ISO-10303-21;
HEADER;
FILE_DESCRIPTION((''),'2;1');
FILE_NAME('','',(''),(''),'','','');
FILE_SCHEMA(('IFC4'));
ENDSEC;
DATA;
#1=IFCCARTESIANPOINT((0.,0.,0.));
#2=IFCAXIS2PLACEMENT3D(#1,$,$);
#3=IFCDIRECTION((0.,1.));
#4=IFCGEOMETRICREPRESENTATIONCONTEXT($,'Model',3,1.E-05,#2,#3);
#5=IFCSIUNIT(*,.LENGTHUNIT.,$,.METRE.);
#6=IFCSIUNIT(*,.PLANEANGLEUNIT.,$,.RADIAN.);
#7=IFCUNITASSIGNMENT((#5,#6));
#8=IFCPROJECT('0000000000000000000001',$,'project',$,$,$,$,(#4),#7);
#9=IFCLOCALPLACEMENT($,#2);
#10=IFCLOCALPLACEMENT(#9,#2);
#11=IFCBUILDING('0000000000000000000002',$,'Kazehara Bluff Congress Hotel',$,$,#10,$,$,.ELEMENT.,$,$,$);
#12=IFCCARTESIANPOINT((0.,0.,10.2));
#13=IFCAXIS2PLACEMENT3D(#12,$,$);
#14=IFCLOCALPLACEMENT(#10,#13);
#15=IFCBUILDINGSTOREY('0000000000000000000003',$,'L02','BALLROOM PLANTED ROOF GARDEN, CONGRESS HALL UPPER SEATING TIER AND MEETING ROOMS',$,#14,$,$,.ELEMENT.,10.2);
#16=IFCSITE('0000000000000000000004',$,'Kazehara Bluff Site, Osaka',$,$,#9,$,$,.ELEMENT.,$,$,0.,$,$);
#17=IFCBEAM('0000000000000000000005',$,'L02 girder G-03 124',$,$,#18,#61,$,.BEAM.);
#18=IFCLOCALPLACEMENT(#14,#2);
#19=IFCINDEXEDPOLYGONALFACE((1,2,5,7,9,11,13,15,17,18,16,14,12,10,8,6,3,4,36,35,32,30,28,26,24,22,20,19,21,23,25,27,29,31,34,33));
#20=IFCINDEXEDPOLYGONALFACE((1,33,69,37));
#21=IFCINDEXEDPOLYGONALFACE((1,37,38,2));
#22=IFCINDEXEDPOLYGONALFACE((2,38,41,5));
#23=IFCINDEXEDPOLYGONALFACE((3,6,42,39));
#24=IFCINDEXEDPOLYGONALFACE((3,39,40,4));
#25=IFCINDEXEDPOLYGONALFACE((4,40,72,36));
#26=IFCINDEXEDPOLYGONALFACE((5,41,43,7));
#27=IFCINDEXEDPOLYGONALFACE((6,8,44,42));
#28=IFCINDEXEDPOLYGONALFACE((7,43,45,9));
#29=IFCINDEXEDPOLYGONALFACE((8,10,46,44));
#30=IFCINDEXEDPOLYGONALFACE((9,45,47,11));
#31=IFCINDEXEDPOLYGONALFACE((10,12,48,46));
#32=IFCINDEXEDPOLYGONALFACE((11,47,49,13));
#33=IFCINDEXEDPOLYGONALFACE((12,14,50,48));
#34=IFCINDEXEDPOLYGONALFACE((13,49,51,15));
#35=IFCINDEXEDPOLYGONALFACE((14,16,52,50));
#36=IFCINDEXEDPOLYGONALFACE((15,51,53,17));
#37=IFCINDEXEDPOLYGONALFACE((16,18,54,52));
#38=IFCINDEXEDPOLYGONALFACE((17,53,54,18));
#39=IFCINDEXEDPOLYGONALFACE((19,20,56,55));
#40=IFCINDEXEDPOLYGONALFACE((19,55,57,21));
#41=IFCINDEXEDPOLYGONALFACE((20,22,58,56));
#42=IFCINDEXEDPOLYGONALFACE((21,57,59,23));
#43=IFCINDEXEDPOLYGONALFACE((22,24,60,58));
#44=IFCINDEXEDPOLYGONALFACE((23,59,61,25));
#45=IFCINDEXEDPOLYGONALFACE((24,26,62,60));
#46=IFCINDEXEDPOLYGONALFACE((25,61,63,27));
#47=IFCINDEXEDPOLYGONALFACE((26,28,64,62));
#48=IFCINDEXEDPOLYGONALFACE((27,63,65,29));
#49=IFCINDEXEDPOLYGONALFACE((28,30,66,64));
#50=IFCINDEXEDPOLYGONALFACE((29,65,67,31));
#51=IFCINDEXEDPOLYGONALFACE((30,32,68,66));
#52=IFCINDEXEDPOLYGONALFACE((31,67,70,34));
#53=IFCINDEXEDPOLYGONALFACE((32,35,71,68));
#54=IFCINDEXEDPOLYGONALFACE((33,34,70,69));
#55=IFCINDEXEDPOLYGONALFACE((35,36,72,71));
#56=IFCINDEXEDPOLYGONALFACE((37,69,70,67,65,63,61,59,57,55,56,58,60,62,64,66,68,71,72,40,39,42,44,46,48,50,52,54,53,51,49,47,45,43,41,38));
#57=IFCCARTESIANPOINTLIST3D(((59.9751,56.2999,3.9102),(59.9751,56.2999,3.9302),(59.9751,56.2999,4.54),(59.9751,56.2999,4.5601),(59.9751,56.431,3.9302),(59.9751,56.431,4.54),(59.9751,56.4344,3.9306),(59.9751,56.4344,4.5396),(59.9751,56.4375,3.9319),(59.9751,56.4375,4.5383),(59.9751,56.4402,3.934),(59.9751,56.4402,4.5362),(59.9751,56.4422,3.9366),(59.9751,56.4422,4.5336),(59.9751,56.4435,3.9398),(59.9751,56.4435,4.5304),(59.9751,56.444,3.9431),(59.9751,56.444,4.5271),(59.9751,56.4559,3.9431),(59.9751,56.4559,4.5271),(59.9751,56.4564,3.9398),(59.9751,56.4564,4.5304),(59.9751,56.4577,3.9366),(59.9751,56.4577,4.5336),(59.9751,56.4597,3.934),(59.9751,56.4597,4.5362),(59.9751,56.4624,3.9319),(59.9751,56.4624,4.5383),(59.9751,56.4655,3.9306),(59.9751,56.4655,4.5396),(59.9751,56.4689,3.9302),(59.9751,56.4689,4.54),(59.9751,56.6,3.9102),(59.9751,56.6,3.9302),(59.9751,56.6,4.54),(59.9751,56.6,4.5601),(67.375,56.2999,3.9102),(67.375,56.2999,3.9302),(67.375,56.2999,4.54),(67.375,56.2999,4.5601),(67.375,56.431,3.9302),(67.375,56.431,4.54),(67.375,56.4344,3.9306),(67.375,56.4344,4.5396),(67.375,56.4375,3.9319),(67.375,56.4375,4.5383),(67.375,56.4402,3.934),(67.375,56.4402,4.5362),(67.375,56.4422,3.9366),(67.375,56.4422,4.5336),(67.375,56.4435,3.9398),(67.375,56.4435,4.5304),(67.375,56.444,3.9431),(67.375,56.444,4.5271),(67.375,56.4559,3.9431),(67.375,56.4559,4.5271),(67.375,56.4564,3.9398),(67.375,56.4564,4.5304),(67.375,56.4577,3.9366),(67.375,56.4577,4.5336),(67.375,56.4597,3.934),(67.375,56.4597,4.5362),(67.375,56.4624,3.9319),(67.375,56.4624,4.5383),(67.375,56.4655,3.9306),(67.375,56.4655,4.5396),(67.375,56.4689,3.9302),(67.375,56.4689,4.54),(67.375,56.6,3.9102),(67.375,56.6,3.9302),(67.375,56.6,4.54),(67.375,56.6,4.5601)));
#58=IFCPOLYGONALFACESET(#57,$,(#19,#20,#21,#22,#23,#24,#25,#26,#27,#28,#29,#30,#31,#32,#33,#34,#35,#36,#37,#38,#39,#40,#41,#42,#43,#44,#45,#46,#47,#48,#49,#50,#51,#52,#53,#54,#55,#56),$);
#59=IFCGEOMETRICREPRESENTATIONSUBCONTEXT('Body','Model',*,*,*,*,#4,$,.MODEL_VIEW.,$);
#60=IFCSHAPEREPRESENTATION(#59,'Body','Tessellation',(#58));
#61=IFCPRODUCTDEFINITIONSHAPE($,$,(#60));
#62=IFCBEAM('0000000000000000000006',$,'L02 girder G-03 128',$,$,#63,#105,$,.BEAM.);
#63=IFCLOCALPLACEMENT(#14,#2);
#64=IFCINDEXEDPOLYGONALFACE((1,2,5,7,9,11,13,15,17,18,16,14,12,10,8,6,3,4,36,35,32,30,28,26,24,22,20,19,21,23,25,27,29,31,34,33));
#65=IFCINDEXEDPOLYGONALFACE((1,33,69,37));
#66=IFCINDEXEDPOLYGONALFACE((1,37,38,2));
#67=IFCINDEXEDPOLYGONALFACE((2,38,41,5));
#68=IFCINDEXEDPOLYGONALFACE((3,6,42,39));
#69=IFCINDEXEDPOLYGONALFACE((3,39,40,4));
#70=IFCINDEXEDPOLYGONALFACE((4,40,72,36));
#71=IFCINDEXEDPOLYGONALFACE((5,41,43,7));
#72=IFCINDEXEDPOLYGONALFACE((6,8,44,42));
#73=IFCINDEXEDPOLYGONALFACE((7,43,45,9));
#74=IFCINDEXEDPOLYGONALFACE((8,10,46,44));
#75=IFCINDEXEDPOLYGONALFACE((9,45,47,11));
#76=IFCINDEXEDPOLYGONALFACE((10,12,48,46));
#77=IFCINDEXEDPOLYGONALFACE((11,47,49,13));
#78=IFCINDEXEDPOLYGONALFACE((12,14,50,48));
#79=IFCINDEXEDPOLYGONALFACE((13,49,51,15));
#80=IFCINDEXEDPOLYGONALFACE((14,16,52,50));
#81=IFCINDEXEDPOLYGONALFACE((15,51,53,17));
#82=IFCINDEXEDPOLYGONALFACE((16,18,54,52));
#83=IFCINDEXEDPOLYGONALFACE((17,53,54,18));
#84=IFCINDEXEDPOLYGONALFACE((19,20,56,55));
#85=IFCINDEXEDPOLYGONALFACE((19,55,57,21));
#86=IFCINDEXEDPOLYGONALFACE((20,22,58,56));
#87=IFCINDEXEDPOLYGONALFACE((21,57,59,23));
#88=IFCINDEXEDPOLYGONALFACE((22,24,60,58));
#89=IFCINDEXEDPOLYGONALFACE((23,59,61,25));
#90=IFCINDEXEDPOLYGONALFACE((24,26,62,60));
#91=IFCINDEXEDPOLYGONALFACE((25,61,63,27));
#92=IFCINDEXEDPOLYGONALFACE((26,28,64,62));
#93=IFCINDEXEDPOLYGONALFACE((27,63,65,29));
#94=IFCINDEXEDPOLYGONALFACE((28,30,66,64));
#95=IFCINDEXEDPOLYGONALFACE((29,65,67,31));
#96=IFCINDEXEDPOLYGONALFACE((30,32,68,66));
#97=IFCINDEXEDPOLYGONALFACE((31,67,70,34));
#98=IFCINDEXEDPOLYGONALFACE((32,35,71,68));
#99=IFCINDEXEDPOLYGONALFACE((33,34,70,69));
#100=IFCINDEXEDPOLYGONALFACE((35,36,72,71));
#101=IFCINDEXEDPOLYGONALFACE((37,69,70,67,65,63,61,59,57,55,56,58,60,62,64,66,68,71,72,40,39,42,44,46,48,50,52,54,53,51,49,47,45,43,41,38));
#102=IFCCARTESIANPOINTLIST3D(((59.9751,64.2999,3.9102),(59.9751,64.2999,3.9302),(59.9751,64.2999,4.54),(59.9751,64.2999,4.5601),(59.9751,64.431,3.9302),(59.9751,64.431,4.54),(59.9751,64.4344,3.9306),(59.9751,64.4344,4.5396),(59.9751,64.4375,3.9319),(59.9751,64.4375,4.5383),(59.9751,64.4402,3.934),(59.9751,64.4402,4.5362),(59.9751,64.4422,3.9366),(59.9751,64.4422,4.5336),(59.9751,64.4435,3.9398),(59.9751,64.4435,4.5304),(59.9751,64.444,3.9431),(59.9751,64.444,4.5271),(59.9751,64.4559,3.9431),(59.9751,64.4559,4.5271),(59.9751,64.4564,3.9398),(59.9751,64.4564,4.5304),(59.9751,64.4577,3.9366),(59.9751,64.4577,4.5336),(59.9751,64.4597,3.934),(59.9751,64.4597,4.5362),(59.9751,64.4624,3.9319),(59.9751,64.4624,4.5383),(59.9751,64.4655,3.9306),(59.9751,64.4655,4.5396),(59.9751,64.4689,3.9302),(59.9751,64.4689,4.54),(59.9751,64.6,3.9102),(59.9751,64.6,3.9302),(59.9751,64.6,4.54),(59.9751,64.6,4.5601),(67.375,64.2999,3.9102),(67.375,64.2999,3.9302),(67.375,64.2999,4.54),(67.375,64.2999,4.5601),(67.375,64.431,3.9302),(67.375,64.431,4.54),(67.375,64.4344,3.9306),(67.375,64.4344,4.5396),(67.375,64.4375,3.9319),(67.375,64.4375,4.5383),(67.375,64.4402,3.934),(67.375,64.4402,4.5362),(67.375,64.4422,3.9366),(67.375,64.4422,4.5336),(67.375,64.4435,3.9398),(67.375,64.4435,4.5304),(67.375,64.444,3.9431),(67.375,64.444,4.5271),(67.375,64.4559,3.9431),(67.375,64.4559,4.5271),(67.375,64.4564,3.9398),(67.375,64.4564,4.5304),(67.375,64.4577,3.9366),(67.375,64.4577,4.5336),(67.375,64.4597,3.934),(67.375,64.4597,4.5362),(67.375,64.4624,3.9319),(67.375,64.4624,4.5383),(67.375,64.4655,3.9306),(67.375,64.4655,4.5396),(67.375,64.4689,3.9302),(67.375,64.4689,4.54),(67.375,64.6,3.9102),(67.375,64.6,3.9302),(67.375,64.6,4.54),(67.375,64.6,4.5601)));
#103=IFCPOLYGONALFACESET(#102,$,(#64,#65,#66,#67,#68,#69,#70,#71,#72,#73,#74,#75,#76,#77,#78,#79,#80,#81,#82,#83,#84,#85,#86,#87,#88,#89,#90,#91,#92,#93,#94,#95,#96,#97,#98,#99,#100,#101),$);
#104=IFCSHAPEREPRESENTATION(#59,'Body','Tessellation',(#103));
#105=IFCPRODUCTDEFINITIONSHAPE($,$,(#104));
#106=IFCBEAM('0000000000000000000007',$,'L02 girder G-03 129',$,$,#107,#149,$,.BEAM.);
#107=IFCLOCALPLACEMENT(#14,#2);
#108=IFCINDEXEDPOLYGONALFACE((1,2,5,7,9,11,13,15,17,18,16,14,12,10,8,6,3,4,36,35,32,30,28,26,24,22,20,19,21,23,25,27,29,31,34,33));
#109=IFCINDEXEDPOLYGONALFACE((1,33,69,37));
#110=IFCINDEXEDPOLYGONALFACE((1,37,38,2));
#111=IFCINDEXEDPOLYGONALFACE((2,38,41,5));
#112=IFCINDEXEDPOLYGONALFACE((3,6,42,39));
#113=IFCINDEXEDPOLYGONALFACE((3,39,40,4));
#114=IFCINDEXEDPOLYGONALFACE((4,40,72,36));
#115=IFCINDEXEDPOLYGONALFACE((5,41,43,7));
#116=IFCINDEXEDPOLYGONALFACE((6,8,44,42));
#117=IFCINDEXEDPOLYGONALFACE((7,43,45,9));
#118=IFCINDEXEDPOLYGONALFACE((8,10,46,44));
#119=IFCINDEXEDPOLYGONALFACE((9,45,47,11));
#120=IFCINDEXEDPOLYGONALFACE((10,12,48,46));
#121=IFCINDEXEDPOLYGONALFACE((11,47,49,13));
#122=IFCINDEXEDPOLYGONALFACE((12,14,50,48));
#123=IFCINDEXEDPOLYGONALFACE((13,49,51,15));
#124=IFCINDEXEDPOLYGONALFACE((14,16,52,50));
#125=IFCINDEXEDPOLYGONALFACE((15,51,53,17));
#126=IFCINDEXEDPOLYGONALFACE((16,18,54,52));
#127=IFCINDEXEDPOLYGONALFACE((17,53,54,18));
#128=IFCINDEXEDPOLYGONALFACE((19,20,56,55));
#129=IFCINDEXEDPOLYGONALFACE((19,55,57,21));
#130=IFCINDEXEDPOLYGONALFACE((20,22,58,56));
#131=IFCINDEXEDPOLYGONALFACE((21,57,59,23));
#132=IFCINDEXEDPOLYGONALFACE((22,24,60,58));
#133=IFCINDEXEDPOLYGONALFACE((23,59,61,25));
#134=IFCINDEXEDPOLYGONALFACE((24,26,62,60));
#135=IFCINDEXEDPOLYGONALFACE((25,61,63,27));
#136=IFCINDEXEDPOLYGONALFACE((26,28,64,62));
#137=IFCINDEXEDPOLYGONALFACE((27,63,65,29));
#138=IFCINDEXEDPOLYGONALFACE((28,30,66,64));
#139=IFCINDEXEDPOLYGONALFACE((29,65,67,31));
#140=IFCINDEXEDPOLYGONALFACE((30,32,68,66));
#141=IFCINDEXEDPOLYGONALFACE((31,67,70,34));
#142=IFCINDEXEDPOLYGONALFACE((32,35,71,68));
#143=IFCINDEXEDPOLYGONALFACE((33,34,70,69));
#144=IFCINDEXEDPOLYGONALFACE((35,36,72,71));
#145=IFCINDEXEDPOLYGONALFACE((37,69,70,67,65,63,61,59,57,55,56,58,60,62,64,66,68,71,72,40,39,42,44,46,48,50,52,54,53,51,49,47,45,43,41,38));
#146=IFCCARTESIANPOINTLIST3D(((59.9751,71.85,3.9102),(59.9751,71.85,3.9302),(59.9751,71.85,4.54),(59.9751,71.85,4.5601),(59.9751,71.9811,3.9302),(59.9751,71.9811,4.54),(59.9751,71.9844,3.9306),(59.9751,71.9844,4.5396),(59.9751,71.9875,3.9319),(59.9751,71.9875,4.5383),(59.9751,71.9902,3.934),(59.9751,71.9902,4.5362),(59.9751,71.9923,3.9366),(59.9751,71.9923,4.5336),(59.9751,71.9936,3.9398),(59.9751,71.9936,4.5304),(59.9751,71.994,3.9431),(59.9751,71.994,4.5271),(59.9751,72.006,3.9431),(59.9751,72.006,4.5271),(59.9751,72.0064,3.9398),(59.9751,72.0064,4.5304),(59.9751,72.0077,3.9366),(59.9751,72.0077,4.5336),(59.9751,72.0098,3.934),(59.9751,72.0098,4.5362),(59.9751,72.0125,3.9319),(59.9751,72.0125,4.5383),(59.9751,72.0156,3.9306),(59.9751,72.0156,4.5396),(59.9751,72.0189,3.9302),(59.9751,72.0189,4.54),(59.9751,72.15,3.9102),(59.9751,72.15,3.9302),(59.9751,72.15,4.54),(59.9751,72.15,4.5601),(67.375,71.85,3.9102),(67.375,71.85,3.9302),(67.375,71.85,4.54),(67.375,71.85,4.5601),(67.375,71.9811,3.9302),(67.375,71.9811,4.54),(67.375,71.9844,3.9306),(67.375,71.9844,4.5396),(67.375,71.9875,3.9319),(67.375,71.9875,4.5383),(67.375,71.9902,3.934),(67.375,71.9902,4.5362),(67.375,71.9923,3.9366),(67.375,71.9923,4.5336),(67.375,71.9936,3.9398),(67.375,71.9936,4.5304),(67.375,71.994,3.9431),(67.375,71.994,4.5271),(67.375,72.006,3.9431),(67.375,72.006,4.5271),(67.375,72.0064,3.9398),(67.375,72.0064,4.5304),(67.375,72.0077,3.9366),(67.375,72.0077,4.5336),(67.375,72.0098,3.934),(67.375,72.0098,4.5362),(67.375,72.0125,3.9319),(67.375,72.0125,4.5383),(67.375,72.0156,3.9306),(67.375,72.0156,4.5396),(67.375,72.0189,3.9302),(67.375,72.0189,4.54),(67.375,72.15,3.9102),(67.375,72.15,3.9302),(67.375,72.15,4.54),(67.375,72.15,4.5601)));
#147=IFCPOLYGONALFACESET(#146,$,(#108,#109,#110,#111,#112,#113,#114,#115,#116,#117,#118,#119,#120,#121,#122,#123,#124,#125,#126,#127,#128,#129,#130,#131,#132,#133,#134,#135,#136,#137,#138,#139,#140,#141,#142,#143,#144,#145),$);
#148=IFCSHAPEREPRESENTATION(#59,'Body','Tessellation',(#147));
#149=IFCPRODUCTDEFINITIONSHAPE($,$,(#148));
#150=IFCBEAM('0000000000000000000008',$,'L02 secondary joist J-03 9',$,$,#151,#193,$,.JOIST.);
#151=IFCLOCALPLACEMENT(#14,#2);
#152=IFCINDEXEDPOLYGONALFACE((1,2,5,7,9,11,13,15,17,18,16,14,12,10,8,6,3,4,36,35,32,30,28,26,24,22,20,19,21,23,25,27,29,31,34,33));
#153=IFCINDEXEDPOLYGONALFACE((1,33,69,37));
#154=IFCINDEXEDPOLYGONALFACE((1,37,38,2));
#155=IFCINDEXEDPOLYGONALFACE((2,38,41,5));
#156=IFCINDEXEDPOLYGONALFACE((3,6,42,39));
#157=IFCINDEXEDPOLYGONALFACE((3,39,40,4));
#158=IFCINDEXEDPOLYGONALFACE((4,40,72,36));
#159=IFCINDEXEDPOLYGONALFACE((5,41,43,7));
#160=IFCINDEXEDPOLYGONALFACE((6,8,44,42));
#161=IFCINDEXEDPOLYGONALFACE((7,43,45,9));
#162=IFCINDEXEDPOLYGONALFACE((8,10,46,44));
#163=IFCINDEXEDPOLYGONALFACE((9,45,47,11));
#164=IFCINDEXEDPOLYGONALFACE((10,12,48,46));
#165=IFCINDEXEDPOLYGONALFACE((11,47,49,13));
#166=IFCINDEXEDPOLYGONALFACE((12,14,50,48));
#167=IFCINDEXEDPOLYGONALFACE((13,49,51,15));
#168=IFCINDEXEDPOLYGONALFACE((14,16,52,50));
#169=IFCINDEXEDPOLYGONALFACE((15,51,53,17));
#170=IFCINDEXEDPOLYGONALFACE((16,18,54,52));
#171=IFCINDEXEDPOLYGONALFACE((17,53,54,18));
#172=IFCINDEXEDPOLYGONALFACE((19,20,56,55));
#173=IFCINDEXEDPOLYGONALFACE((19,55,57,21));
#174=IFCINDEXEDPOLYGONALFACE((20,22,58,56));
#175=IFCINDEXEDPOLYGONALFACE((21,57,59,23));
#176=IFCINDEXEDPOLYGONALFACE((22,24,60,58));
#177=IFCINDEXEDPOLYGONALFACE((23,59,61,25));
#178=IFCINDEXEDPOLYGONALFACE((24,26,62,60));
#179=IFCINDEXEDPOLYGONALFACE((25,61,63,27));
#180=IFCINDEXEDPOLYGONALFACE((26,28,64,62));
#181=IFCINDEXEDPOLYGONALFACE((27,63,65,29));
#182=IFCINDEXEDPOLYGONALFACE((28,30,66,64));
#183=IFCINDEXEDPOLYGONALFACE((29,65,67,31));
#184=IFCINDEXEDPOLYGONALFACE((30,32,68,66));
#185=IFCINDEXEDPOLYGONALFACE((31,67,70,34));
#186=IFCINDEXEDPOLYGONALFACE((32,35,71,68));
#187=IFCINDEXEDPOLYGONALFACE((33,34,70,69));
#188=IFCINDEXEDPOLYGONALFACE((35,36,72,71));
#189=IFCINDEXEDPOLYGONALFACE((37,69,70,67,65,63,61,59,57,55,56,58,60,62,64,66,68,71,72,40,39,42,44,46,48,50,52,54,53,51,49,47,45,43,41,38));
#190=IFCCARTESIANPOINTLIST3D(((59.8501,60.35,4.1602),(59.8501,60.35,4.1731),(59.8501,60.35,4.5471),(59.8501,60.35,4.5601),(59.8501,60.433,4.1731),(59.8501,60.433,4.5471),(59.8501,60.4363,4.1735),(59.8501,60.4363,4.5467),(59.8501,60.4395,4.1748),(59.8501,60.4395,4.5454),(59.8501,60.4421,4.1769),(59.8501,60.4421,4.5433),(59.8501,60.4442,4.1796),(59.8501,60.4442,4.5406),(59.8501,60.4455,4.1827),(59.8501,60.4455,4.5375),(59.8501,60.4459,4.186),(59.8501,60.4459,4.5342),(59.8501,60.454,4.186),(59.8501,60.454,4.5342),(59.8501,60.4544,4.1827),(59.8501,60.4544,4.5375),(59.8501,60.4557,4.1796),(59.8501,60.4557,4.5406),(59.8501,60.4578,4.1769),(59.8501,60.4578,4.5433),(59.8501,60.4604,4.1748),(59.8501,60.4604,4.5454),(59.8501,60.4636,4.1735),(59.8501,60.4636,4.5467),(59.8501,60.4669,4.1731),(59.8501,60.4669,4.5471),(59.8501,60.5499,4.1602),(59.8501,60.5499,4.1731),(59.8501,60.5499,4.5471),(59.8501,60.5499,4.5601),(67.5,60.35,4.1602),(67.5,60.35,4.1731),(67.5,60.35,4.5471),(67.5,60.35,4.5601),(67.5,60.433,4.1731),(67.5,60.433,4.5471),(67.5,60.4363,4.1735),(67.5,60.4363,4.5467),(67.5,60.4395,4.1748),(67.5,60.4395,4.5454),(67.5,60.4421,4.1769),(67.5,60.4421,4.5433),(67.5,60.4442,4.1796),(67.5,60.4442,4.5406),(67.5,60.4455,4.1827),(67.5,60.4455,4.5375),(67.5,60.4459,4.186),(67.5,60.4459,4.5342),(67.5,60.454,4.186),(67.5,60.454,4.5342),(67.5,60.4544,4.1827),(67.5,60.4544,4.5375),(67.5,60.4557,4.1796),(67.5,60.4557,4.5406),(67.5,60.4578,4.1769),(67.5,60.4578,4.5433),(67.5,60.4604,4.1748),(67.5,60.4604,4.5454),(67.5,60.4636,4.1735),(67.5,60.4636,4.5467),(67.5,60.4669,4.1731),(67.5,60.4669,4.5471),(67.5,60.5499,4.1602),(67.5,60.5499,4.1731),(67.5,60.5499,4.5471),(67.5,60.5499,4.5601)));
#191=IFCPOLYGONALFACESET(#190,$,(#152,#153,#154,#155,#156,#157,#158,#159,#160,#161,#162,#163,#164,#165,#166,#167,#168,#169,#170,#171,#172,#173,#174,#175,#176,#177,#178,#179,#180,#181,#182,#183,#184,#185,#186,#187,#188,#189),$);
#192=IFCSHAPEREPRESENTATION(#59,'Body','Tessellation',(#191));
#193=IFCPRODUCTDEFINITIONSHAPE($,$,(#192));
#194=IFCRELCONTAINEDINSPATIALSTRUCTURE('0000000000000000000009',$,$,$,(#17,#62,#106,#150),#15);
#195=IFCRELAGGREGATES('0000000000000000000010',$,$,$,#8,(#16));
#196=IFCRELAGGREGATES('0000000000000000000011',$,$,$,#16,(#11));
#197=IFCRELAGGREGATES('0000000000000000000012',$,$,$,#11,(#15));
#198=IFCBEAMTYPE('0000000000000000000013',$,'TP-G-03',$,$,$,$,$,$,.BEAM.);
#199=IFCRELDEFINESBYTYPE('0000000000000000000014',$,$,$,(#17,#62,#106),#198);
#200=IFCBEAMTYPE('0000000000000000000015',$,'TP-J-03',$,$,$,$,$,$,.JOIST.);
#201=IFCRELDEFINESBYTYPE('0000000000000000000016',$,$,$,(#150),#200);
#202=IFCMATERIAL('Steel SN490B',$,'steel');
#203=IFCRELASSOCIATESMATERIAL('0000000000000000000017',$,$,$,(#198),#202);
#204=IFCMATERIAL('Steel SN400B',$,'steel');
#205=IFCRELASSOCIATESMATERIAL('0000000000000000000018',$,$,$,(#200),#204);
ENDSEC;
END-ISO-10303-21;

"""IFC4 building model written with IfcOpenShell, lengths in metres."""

from ifc_helpers import new_model, si_unit, direction, frame, origin, origin_2d, place, context, subcontext, project, spatial, i_section, extrude, material, material_profile, profile_set, type_object, element, save


model = new_model("IFC4")

# Units and contexts
model_context = context("Model", 3, precision=1e-05, world=origin(), true_north=direction((0.0, 1.0)))
body_context = subcontext(model_context, "Body", "Model", "MODEL_VIEW")
ifc_project = project(units=[si_unit("LENGTHUNIT", "METRE"), si_unit("PLANEANGLEUNIT", "RADIAN")], contexts=[model_context])

# Site, building, storey
site_placement = place(None, origin())
site = spatial("IfcSite", under=ifc_project, at=site_placement, Name="Kazehara Bluff Site, Osaka", CompositionType="ELEMENT", RefElevation=0.0)
building_placement = place(site_placement, origin())
building = spatial("IfcBuilding", under=site, at=building_placement, Name="Kazehara Bluff Congress Hotel", CompositionType="ELEMENT")
storey_placement = place(building_placement, frame((0.0, 0.0, 10.2)))
storey = spatial("IfcBuildingStorey", under=building, at=storey_placement, Name="L02", Description="BALLROOM PLANTED ROOF GARDEN, CONGRESS HALL UPPER SEATING TIER AND MEETING ROOMS", CompositionType="ELEMENT", Elevation=10.2)

# Beams
ifc_material_1 = material(Name="Steel SN490B", Category="steel")
ifc_material_profile_1 = material_profile(ifc_material_1, i_section(OverallWidth=0.3, OverallDepth=0.6499, WebThickness=0.012, FlangeThickness=0.02, FilletRadius=0.0129, at=origin_2d()))
ifc_profile_set_1 = profile_set([ifc_material_profile_1], Name="Steel SN490B")
beam_type_1 = type_object("IfcBeamType", Name="TP-G-03", PredefinedType="BEAM", material=ifc_profile_set_1)
for number, where, z_axis, x_axis, name in (
    (1, (59.9751, 56.45, 4.2351), (1.0, 0.0, 0.0), (0.0, 1.0, 0.0), "L02 girder G-03 124"),
    (2, (59.9751, 64.45, 4.2351), (1.0, 0.0, 0.0), (0.0, 1.0, 0.0), "L02 girder G-03 128"),
    (3, (59.9751, 72.0, 4.2351), (1.0, 0.0, 0.0), (0.0, 1.0, 0.0), "L02 girder G-03 129"),
):
    element("IfcBeam", number, at=place(storey_placement, frame(where, z_axis=z_axis, x_axis=x_axis)), inside=storey, type_object=beam_type_1, Name=name, PredefinedType="BEAM", context=body_context, shape_type="SweptSolid", body=[
        extrude(i_section(OverallWidth=0.3, OverallDepth=0.6499, WebThickness=0.012, FlangeThickness=0.02, FilletRadius=0.0129, at=origin_2d()), origin(), (0.0, 0.0, 1.0), 7.3999),
    ])
ifc_material_2 = material(Name="Steel SN400B", Category="steel")
ifc_material_profile_2 = material_profile(ifc_material_2, i_section(OverallWidth=0.2, OverallDepth=0.3999, WebThickness=0.0081, FlangeThickness=0.0129, FilletRadius=0.0129, at=origin_2d()))
ifc_profile_set_2 = profile_set([ifc_material_profile_2], Name="Steel SN400B")
beam_type_2 = type_object("IfcBeamType", Name="TP-J-03", PredefinedType="JOIST", material=ifc_profile_set_2)
for number, where, z_axis, x_axis, name in (
    (4, (59.8501, 60.45, 4.3601), (1.0, 0.0, 0.0), (0.0, 1.0, 0.0), "L02 secondary joist J-03 9"),
):
    element("IfcBeam", number, at=place(storey_placement, frame(where, z_axis=z_axis, x_axis=x_axis)), inside=storey, type_object=beam_type_2, Name=name, PredefinedType="JOIST", context=body_context, shape_type="SweptSolid", body=[
        extrude(i_section(OverallWidth=0.2, OverallDepth=0.3999, WebThickness=0.0081, FlangeThickness=0.0129, FilletRadius=0.0129, at=origin_2d()), origin(), (0.0, 0.0, 1.0), 7.6499),
    ])

save(model, "model.ifc")
